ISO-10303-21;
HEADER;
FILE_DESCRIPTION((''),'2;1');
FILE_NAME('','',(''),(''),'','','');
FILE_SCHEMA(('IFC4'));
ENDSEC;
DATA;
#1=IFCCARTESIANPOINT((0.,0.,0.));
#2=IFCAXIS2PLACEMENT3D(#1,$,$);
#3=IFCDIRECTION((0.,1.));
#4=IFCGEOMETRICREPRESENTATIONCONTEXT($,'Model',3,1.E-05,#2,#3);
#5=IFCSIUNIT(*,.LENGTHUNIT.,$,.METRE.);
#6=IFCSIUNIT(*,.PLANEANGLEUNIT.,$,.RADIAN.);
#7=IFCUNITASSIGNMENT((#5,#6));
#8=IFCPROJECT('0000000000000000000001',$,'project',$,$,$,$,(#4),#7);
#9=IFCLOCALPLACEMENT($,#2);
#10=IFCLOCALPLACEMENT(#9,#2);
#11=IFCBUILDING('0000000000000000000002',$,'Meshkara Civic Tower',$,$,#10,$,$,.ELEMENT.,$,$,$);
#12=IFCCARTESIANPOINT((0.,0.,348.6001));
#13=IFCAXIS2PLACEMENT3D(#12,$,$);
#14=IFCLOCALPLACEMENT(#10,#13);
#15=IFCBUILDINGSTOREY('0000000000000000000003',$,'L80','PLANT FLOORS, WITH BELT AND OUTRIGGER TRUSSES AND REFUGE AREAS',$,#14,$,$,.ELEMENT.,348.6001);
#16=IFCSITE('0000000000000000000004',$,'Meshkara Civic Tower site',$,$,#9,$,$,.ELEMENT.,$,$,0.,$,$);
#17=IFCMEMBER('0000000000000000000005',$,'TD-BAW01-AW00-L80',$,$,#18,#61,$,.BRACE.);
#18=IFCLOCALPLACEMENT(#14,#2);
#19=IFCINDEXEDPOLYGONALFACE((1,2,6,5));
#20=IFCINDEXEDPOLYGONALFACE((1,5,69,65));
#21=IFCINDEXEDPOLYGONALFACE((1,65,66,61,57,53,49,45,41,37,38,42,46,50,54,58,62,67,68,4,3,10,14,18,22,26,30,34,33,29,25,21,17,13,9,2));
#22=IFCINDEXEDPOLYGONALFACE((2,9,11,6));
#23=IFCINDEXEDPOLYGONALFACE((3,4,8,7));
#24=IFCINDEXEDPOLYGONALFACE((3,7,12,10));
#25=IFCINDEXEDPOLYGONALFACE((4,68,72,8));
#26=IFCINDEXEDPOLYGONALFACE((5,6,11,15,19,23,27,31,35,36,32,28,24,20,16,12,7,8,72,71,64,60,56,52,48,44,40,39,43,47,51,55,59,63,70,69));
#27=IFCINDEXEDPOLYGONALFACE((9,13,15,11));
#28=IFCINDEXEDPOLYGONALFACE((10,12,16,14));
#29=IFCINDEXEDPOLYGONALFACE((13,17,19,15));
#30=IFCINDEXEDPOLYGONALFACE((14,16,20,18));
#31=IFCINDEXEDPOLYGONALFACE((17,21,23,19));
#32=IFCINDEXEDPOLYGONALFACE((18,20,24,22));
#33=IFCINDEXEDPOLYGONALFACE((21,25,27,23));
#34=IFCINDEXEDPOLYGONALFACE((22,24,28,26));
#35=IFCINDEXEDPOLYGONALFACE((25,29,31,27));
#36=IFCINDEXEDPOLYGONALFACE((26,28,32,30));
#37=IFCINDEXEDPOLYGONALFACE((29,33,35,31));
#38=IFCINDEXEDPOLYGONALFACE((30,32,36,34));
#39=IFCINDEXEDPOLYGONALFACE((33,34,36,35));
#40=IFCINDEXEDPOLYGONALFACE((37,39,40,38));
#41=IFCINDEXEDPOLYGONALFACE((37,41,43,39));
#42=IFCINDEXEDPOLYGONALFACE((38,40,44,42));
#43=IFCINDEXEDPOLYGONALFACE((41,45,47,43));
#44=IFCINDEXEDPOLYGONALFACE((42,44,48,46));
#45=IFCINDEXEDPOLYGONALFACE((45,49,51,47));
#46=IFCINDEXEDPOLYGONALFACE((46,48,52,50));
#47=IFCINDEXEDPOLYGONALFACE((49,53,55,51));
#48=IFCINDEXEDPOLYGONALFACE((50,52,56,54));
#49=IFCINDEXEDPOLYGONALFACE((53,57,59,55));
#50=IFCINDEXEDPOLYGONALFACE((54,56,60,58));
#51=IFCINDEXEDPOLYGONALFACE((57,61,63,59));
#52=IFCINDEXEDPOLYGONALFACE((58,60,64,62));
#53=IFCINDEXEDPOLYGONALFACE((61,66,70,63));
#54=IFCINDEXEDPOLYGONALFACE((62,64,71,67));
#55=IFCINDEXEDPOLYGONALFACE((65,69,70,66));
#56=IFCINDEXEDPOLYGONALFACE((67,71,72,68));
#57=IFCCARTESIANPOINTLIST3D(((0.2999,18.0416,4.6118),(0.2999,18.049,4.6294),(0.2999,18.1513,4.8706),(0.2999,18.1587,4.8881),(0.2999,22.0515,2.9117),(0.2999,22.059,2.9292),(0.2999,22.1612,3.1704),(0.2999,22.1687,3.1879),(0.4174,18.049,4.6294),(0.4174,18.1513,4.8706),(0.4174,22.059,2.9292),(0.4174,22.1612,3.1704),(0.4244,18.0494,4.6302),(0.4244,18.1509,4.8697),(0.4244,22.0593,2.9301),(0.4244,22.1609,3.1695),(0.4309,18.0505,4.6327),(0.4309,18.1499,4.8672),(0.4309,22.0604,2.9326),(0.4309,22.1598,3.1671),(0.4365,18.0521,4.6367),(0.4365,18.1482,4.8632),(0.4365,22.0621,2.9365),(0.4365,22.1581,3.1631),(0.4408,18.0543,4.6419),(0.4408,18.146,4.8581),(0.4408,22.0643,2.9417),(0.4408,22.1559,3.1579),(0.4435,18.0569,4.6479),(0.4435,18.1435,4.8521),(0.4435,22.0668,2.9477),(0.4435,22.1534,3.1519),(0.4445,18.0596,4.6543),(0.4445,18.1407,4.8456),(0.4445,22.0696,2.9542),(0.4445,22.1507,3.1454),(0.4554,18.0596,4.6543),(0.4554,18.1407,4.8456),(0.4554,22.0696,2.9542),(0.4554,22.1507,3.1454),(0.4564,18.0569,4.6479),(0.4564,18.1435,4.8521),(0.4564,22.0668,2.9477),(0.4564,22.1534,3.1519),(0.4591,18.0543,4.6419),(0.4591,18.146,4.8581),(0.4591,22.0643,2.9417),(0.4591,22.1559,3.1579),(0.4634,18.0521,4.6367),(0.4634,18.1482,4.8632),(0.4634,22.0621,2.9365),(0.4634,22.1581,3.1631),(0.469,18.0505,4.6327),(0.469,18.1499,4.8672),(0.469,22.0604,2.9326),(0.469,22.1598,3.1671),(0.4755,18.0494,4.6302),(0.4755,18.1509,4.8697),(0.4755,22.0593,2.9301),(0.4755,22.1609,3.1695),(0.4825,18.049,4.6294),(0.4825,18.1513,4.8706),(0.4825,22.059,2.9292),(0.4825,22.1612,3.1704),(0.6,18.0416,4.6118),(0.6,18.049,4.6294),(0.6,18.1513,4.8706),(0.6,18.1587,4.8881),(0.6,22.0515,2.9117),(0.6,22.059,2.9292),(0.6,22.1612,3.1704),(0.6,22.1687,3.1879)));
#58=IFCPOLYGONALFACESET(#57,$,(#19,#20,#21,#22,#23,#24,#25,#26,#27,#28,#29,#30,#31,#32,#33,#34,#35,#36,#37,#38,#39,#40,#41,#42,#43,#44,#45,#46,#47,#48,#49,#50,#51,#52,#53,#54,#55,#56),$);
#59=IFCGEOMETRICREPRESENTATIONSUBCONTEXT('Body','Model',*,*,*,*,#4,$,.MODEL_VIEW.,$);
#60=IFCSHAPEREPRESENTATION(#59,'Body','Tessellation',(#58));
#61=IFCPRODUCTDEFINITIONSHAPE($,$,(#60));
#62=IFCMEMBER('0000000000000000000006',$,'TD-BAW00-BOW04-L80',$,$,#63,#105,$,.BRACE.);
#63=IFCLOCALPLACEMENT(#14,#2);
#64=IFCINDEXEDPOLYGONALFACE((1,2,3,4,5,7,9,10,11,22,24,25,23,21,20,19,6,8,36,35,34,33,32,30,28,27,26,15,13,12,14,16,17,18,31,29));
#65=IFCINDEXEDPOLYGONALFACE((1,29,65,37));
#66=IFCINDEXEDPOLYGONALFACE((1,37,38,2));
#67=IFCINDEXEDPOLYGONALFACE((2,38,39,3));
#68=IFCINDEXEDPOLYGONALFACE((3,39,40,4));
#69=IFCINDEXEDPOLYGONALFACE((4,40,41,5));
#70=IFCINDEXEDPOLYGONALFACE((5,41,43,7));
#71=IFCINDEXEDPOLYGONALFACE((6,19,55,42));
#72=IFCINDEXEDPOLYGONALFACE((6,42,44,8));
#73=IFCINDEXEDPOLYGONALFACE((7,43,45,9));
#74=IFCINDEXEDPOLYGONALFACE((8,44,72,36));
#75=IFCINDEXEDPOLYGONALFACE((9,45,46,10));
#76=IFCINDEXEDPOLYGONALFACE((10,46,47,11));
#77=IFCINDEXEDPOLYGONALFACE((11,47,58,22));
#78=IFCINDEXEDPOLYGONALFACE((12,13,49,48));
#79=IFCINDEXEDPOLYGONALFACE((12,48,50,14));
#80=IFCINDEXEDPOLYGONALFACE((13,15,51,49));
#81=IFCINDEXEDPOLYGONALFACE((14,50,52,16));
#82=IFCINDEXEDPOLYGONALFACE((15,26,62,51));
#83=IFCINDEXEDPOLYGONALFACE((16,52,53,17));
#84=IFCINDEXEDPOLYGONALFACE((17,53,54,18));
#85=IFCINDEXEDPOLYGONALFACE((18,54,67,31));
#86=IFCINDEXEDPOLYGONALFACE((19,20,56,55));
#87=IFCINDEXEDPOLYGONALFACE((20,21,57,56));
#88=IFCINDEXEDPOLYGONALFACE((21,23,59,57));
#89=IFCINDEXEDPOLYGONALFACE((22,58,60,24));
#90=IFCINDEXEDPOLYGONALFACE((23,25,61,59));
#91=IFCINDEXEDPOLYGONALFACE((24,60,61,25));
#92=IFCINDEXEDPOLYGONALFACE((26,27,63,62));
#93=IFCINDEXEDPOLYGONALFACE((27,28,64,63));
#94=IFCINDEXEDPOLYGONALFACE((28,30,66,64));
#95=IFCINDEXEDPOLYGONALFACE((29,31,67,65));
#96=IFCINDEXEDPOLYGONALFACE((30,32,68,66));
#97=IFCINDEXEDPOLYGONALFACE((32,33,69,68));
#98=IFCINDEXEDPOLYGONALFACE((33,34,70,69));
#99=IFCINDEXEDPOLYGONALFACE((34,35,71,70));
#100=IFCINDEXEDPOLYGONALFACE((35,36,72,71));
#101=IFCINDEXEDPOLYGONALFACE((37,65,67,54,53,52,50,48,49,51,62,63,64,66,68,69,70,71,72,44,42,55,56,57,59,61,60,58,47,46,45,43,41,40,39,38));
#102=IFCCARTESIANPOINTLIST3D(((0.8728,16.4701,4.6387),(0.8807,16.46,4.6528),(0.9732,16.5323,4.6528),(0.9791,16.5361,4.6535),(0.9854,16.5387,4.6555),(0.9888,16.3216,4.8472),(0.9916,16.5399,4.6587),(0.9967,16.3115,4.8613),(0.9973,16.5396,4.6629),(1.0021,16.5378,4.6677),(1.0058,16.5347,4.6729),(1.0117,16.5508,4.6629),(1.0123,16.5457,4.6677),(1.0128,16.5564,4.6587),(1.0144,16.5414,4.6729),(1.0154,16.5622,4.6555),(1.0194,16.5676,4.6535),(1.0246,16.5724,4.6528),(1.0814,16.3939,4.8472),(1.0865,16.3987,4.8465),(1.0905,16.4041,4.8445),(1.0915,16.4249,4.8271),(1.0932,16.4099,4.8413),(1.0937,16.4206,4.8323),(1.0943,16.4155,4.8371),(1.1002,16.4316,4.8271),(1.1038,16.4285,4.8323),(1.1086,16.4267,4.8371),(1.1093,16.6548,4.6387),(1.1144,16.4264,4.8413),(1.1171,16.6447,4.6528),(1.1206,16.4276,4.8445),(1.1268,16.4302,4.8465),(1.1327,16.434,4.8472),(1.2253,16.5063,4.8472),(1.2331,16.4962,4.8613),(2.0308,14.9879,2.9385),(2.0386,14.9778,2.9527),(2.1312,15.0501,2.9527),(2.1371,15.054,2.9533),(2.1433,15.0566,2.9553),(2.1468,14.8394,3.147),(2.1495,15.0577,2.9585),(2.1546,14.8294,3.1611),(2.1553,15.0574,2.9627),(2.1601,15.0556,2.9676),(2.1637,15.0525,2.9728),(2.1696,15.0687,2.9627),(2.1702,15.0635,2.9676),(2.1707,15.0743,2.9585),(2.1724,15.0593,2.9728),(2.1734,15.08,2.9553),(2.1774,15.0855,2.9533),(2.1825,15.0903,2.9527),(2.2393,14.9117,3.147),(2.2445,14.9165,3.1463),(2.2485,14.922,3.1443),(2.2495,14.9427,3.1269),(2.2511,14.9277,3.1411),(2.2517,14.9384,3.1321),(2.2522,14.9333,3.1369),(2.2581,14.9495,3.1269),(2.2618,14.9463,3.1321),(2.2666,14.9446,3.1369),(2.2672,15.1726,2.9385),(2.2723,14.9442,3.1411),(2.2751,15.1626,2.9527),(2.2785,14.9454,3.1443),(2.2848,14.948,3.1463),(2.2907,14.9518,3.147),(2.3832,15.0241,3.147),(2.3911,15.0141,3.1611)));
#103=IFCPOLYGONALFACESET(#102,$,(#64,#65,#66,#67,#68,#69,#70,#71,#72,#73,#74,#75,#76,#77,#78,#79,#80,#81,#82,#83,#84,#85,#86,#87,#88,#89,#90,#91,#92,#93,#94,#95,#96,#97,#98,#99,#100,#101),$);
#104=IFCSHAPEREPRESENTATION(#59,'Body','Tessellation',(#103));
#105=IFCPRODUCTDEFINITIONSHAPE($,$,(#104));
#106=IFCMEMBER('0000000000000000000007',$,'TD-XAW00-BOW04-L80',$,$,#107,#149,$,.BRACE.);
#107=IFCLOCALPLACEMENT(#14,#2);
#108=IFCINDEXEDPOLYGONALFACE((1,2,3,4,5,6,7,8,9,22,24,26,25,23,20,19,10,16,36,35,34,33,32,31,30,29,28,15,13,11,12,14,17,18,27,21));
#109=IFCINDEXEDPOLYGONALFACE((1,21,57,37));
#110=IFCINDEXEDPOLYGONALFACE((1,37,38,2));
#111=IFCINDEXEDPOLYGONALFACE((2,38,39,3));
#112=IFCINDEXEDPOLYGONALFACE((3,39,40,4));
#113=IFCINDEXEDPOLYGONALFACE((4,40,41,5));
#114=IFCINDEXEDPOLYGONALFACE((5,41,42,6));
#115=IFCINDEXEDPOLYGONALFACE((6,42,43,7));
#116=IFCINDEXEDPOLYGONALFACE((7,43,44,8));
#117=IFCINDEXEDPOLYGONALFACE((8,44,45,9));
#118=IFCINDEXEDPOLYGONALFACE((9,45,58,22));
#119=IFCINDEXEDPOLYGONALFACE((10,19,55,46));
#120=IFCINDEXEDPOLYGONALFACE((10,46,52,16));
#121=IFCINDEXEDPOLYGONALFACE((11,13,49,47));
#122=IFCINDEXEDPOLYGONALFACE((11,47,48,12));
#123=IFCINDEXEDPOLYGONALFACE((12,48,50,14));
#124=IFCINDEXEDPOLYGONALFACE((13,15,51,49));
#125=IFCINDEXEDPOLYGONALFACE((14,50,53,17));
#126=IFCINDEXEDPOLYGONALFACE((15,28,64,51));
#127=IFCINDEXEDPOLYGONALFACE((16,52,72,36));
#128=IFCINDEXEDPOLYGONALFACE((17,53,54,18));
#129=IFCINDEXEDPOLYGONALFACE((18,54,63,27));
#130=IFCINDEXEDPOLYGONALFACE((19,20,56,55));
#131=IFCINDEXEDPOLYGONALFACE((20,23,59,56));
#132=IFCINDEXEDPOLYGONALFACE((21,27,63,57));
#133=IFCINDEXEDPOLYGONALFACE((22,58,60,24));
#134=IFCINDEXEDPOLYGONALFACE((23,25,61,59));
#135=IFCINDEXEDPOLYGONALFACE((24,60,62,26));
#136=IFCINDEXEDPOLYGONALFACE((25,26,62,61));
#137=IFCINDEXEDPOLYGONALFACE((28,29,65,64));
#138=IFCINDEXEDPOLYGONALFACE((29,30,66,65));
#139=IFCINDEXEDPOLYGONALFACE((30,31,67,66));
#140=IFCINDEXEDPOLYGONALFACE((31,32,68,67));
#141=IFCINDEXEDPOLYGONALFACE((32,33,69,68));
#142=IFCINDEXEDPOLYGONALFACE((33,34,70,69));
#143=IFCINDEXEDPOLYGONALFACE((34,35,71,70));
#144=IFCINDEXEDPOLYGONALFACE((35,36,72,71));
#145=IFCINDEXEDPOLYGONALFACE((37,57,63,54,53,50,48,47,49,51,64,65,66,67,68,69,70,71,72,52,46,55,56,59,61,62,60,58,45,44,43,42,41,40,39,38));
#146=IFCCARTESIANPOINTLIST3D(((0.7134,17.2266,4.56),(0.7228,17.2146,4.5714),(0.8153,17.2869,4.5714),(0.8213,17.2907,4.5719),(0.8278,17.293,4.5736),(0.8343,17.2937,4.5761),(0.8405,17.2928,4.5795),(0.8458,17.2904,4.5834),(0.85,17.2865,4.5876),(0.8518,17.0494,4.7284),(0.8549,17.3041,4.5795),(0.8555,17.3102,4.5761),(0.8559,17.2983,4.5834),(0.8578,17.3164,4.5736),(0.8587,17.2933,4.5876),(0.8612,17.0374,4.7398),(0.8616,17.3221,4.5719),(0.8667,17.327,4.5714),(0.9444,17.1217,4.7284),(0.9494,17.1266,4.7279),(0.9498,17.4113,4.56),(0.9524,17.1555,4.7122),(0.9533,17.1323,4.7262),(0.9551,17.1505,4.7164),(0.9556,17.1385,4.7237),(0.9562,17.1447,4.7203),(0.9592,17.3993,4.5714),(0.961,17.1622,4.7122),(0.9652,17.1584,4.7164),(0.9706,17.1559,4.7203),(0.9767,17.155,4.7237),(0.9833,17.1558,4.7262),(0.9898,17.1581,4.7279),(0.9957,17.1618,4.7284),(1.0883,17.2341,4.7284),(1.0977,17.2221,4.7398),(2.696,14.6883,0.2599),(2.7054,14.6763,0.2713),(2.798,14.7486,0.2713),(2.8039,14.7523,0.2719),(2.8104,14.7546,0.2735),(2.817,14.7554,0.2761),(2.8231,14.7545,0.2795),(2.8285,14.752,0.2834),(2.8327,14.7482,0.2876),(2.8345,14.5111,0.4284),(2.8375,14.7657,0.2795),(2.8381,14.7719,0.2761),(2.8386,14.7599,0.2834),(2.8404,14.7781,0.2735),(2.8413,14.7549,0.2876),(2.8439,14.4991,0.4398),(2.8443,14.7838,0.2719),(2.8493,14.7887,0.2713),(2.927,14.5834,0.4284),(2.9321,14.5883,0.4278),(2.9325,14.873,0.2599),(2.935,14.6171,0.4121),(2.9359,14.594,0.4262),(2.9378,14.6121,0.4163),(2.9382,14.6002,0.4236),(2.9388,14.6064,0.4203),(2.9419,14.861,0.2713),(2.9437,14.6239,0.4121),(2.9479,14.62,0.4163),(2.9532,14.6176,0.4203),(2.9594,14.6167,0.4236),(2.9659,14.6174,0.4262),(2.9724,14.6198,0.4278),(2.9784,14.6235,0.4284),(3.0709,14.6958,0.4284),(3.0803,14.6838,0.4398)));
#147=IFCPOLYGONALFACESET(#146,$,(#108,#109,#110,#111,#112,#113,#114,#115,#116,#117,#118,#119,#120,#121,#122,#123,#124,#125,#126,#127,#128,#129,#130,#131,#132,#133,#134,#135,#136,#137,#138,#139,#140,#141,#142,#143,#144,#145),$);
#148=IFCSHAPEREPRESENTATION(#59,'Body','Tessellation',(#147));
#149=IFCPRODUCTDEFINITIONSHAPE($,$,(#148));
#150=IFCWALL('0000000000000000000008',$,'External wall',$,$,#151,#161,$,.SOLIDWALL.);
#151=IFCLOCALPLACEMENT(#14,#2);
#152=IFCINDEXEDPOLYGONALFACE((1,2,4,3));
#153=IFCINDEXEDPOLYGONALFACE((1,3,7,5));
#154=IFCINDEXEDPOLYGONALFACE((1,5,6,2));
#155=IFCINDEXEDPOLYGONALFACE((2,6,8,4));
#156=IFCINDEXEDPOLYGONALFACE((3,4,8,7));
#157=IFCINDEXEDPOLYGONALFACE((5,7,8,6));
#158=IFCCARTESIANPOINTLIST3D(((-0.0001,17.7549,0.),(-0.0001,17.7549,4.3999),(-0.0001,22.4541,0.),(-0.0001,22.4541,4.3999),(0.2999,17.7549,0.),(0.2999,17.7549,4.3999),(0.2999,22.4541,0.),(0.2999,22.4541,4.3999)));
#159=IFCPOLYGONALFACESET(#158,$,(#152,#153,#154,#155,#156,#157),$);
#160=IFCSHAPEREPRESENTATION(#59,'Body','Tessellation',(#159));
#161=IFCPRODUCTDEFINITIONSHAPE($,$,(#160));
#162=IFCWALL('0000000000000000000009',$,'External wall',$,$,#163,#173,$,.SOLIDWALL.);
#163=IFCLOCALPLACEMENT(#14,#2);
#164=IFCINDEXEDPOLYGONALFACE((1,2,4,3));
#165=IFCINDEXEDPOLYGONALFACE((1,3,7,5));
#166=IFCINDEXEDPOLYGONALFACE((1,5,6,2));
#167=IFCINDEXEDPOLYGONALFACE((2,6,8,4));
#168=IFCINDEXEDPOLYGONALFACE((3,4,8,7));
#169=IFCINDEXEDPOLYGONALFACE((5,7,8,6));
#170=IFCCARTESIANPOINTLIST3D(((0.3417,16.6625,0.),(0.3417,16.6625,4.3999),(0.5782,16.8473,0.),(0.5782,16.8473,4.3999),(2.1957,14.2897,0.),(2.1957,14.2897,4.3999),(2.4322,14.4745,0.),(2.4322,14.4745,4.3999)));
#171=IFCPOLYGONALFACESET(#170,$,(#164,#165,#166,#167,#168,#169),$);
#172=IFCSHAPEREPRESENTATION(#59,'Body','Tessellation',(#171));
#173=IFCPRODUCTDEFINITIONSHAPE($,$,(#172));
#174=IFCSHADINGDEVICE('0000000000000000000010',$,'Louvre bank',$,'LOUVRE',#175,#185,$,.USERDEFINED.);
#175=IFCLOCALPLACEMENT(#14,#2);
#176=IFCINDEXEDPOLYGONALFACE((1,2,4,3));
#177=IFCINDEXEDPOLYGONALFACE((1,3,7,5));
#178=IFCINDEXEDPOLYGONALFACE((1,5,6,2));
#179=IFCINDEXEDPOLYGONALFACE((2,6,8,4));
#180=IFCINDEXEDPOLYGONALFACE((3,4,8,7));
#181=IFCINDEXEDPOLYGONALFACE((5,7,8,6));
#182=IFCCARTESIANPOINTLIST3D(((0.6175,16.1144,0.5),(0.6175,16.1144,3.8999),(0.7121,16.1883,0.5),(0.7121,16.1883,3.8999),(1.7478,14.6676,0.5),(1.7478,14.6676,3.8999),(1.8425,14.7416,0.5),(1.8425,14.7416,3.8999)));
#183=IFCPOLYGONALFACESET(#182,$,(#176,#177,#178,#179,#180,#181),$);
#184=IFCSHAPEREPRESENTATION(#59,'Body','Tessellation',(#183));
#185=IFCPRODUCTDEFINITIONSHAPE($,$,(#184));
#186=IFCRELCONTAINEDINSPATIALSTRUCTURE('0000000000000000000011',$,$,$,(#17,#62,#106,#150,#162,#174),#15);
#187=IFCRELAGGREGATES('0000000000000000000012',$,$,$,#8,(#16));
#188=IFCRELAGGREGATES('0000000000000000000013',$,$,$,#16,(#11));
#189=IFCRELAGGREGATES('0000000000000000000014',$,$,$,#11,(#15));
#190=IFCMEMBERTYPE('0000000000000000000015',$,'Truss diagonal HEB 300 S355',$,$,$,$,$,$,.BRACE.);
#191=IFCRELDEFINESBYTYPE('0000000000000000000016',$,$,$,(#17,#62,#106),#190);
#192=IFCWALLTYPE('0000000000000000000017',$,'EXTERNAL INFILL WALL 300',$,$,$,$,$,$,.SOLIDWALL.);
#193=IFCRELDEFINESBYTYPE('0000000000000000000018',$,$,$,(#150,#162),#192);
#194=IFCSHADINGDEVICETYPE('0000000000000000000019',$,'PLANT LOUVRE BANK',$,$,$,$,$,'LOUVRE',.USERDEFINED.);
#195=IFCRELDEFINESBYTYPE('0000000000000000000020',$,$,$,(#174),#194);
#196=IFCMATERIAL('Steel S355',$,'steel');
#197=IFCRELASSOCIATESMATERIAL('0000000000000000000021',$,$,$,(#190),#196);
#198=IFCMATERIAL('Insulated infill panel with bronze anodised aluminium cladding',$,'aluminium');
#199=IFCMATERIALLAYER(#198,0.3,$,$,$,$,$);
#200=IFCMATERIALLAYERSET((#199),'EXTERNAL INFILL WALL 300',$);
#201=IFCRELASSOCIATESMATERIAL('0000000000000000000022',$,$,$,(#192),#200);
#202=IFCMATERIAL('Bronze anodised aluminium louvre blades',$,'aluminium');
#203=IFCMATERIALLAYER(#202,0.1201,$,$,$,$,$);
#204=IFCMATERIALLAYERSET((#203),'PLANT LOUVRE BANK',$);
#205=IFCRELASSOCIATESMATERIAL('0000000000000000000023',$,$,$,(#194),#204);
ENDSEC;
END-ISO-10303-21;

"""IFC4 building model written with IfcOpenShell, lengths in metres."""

from ifc_helpers import new_model, si_unit, direction, frame, frame_2d, origin, origin_2d, place, context, subcontext, project, spatial, rectangle, i_section, extrude, material, layer, layer_set, material_profile, profile_set, type_object, element, save


model = new_model("IFC4")

# Units and contexts
model_context = context("Model", 3, precision=1e-05, world=origin(), true_north=direction((0.0, 1.0)))
body_context = subcontext(model_context, "Body", "Model", "MODEL_VIEW")
ifc_project = project(units=[si_unit("LENGTHUNIT", "METRE"), si_unit("PLANEANGLEUNIT", "RADIAN")], contexts=[model_context])

# Site, building, storey
site_placement = place(None, origin())
site = spatial("IfcSite", under=ifc_project, at=site_placement, Name="Meshkara Civic Tower site", CompositionType="ELEMENT", RefElevation=0.0)
building_placement = place(site_placement, origin())
building = spatial("IfcBuilding", under=site, at=building_placement, Name="Meshkara Civic Tower", CompositionType="ELEMENT")
storey_placement = place(building_placement, frame((0.0, 0.0, 348.6001)))
storey = spatial("IfcBuildingStorey", under=building, at=storey_placement, Name="L80", Description="PLANT FLOORS, WITH BELT AND OUTRIGGER TRUSSES AND REFUGE AREAS", CompositionType="ELEMENT", Elevation=348.6001)

# Members
ifc_material_1 = material(Name="Steel S355", Category="steel")
ifc_material_profile_1 = material_profile(ifc_material_1, i_section(OverallWidth=0.3, OverallDepth=0.3, WebThickness=0.011, FlangeThickness=0.019, FilletRadius=0.0271, at=origin_2d()))
ifc_profile_set_1 = profile_set([ifc_material_profile_1], Name="Steel S355")
member_type = type_object("IfcMemberType", Name="Truss diagonal HEB 300 S355", PredefinedType="BRACE", material=ifc_profile_set_1)
member_1_placement = place(storey_placement, frame((0.45, 22.1101, 3.0498), z_axis=(0.0, -0.920666, 0.390351), x_axis=(1.0, 0.0, 0.0)))
element("IfcMember", 1, at=member_1_placement, inside=storey, type_object=member_type, Name="TD-BAW01-AW00-L80", PredefinedType="BRACE", context=body_context, shape_type="SweptSolid", body=[
    extrude(i_section(OverallWidth=0.3, OverallDepth=0.3, WebThickness=0.011, FlangeThickness=0.019, FilletRadius=0.0271, at=origin_2d()), origin(), (0.0, 0.0, 1.0), 4.3555),
])
member_2_placement = place(storey_placement, frame((1.053, 16.4832, 4.75), z_axis=(0.456712, -0.584587, -0.670576), x_axis=(0.788022, 0.615647, 0.0)))
element("IfcMember", 2, at=member_2_placement, inside=storey, type_object=member_type, Name="TD-BAW00-BOW04-L80", PredefinedType="BRACE", context=body_context, shape_type="SweptSolid", body=[
    extrude(i_section(OverallWidth=0.3, OverallDepth=0.3, WebThickness=0.011, FlangeThickness=0.019, FilletRadius=0.0271, at=origin_2d()), origin(), (0.0, 0.0, 1.0), 2.5354),
])
member_3_placement = place(storey_placement, frame((0.9055, 17.2244, 4.6499), z_axis=(0.369035, -0.472461, -0.800371), x_axis=(0.788085, 0.615566, 0.0)))
element("IfcMember", 3, at=member_3_placement, inside=storey, type_object=member_type, Name="TD-XAW00-BOW04-L80", PredefinedType="BRACE", context=body_context, shape_type="SweptSolid", body=[
    extrude(i_section(OverallWidth=0.3, OverallDepth=0.3, WebThickness=0.011, FlangeThickness=0.019, FilletRadius=0.0271, at=origin_2d()), origin(), (0.0, 0.0, 1.0), 5.3726),
])

# Walls
ifc_material_2 = material(Name="Insulated infill panel with bronze anodised aluminium cladding", Category="aluminium")
ifc_layer_1 = layer(ifc_material_2, 0.3)
ifc_layer_set_1 = layer_set([ifc_layer_1], Name="EXTERNAL INFILL WALL 300")
wall_type = type_object("IfcWallType", Name="EXTERNAL INFILL WALL 300", PredefinedType="SOLIDWALL", material=ifc_layer_set_1)
wall_1_placement = place(storey_placement, frame((0.1499, 22.4541, 0.0), z_axis=(0.0, 0.0, 1.0), x_axis=(0.0, -1.0, 0.0)))
element("IfcWall", 4, at=wall_1_placement, inside=storey, type_object=wall_type, Name="External wall", PredefinedType="SOLIDWALL", context=body_context, shape_type="SweptSolid", body=[
    extrude(rectangle(XDim=4.6992, YDim=0.3, at=frame_2d((2.3496, 0.0))), origin(), (0.0, 0.0, 1.0), 4.3999),
])
wall_2_placement = place(storey_placement, frame((0.46, 16.7549, 0.0), z_axis=(0.0, 0.0, 1.0), x_axis=(0.615696, -0.787984, 0.0)))
element("IfcWall", 5, at=wall_2_placement, inside=storey, type_object=wall_type, Name="External wall", PredefinedType="SOLIDWALL", context=body_context, shape_type="SweptSolid", body=[
    extrude(rectangle(XDim=3.0112, YDim=0.3, at=frame_2d((1.5056, 0.0))), origin(), (0.0, 0.0, 1.0), 4.3999),
])

# Shading device
ifc_material_3 = material(Name="Bronze anodised aluminium louvre blades", Category="aluminium")
ifc_layer_2 = layer(ifc_material_3, 0.1201)
ifc_layer_set_2 = layer_set([ifc_layer_2], Name="PLANT LOUVRE BANK")
shading_device_type = type_object("IfcShadingDeviceType", Name="PLANT LOUVRE BANK", ElementType="LOUVRE", PredefinedType="USERDEFINED", material=ifc_layer_set_2)
shading_device_placement = place(storey_placement, frame((1.23, 15.428, 0.5), z_axis=(0.0, 0.0, 1.0), x_axis=(0.615661, -0.788011, 0.0)))
element("IfcShadingDevice", 6, at=shading_device_placement, inside=storey, type_object=shading_device_type, Name="Louvre bank", ObjectType="LOUVRE", PredefinedType="USERDEFINED", context=body_context, shape_type="SweptSolid", body=[
    extrude(rectangle(XDim=1.8359, YDim=0.1201, at=origin_2d()), origin(), (0.0, 0.0, 1.0), 3.3999),
])

save(model, "model.ifc")
